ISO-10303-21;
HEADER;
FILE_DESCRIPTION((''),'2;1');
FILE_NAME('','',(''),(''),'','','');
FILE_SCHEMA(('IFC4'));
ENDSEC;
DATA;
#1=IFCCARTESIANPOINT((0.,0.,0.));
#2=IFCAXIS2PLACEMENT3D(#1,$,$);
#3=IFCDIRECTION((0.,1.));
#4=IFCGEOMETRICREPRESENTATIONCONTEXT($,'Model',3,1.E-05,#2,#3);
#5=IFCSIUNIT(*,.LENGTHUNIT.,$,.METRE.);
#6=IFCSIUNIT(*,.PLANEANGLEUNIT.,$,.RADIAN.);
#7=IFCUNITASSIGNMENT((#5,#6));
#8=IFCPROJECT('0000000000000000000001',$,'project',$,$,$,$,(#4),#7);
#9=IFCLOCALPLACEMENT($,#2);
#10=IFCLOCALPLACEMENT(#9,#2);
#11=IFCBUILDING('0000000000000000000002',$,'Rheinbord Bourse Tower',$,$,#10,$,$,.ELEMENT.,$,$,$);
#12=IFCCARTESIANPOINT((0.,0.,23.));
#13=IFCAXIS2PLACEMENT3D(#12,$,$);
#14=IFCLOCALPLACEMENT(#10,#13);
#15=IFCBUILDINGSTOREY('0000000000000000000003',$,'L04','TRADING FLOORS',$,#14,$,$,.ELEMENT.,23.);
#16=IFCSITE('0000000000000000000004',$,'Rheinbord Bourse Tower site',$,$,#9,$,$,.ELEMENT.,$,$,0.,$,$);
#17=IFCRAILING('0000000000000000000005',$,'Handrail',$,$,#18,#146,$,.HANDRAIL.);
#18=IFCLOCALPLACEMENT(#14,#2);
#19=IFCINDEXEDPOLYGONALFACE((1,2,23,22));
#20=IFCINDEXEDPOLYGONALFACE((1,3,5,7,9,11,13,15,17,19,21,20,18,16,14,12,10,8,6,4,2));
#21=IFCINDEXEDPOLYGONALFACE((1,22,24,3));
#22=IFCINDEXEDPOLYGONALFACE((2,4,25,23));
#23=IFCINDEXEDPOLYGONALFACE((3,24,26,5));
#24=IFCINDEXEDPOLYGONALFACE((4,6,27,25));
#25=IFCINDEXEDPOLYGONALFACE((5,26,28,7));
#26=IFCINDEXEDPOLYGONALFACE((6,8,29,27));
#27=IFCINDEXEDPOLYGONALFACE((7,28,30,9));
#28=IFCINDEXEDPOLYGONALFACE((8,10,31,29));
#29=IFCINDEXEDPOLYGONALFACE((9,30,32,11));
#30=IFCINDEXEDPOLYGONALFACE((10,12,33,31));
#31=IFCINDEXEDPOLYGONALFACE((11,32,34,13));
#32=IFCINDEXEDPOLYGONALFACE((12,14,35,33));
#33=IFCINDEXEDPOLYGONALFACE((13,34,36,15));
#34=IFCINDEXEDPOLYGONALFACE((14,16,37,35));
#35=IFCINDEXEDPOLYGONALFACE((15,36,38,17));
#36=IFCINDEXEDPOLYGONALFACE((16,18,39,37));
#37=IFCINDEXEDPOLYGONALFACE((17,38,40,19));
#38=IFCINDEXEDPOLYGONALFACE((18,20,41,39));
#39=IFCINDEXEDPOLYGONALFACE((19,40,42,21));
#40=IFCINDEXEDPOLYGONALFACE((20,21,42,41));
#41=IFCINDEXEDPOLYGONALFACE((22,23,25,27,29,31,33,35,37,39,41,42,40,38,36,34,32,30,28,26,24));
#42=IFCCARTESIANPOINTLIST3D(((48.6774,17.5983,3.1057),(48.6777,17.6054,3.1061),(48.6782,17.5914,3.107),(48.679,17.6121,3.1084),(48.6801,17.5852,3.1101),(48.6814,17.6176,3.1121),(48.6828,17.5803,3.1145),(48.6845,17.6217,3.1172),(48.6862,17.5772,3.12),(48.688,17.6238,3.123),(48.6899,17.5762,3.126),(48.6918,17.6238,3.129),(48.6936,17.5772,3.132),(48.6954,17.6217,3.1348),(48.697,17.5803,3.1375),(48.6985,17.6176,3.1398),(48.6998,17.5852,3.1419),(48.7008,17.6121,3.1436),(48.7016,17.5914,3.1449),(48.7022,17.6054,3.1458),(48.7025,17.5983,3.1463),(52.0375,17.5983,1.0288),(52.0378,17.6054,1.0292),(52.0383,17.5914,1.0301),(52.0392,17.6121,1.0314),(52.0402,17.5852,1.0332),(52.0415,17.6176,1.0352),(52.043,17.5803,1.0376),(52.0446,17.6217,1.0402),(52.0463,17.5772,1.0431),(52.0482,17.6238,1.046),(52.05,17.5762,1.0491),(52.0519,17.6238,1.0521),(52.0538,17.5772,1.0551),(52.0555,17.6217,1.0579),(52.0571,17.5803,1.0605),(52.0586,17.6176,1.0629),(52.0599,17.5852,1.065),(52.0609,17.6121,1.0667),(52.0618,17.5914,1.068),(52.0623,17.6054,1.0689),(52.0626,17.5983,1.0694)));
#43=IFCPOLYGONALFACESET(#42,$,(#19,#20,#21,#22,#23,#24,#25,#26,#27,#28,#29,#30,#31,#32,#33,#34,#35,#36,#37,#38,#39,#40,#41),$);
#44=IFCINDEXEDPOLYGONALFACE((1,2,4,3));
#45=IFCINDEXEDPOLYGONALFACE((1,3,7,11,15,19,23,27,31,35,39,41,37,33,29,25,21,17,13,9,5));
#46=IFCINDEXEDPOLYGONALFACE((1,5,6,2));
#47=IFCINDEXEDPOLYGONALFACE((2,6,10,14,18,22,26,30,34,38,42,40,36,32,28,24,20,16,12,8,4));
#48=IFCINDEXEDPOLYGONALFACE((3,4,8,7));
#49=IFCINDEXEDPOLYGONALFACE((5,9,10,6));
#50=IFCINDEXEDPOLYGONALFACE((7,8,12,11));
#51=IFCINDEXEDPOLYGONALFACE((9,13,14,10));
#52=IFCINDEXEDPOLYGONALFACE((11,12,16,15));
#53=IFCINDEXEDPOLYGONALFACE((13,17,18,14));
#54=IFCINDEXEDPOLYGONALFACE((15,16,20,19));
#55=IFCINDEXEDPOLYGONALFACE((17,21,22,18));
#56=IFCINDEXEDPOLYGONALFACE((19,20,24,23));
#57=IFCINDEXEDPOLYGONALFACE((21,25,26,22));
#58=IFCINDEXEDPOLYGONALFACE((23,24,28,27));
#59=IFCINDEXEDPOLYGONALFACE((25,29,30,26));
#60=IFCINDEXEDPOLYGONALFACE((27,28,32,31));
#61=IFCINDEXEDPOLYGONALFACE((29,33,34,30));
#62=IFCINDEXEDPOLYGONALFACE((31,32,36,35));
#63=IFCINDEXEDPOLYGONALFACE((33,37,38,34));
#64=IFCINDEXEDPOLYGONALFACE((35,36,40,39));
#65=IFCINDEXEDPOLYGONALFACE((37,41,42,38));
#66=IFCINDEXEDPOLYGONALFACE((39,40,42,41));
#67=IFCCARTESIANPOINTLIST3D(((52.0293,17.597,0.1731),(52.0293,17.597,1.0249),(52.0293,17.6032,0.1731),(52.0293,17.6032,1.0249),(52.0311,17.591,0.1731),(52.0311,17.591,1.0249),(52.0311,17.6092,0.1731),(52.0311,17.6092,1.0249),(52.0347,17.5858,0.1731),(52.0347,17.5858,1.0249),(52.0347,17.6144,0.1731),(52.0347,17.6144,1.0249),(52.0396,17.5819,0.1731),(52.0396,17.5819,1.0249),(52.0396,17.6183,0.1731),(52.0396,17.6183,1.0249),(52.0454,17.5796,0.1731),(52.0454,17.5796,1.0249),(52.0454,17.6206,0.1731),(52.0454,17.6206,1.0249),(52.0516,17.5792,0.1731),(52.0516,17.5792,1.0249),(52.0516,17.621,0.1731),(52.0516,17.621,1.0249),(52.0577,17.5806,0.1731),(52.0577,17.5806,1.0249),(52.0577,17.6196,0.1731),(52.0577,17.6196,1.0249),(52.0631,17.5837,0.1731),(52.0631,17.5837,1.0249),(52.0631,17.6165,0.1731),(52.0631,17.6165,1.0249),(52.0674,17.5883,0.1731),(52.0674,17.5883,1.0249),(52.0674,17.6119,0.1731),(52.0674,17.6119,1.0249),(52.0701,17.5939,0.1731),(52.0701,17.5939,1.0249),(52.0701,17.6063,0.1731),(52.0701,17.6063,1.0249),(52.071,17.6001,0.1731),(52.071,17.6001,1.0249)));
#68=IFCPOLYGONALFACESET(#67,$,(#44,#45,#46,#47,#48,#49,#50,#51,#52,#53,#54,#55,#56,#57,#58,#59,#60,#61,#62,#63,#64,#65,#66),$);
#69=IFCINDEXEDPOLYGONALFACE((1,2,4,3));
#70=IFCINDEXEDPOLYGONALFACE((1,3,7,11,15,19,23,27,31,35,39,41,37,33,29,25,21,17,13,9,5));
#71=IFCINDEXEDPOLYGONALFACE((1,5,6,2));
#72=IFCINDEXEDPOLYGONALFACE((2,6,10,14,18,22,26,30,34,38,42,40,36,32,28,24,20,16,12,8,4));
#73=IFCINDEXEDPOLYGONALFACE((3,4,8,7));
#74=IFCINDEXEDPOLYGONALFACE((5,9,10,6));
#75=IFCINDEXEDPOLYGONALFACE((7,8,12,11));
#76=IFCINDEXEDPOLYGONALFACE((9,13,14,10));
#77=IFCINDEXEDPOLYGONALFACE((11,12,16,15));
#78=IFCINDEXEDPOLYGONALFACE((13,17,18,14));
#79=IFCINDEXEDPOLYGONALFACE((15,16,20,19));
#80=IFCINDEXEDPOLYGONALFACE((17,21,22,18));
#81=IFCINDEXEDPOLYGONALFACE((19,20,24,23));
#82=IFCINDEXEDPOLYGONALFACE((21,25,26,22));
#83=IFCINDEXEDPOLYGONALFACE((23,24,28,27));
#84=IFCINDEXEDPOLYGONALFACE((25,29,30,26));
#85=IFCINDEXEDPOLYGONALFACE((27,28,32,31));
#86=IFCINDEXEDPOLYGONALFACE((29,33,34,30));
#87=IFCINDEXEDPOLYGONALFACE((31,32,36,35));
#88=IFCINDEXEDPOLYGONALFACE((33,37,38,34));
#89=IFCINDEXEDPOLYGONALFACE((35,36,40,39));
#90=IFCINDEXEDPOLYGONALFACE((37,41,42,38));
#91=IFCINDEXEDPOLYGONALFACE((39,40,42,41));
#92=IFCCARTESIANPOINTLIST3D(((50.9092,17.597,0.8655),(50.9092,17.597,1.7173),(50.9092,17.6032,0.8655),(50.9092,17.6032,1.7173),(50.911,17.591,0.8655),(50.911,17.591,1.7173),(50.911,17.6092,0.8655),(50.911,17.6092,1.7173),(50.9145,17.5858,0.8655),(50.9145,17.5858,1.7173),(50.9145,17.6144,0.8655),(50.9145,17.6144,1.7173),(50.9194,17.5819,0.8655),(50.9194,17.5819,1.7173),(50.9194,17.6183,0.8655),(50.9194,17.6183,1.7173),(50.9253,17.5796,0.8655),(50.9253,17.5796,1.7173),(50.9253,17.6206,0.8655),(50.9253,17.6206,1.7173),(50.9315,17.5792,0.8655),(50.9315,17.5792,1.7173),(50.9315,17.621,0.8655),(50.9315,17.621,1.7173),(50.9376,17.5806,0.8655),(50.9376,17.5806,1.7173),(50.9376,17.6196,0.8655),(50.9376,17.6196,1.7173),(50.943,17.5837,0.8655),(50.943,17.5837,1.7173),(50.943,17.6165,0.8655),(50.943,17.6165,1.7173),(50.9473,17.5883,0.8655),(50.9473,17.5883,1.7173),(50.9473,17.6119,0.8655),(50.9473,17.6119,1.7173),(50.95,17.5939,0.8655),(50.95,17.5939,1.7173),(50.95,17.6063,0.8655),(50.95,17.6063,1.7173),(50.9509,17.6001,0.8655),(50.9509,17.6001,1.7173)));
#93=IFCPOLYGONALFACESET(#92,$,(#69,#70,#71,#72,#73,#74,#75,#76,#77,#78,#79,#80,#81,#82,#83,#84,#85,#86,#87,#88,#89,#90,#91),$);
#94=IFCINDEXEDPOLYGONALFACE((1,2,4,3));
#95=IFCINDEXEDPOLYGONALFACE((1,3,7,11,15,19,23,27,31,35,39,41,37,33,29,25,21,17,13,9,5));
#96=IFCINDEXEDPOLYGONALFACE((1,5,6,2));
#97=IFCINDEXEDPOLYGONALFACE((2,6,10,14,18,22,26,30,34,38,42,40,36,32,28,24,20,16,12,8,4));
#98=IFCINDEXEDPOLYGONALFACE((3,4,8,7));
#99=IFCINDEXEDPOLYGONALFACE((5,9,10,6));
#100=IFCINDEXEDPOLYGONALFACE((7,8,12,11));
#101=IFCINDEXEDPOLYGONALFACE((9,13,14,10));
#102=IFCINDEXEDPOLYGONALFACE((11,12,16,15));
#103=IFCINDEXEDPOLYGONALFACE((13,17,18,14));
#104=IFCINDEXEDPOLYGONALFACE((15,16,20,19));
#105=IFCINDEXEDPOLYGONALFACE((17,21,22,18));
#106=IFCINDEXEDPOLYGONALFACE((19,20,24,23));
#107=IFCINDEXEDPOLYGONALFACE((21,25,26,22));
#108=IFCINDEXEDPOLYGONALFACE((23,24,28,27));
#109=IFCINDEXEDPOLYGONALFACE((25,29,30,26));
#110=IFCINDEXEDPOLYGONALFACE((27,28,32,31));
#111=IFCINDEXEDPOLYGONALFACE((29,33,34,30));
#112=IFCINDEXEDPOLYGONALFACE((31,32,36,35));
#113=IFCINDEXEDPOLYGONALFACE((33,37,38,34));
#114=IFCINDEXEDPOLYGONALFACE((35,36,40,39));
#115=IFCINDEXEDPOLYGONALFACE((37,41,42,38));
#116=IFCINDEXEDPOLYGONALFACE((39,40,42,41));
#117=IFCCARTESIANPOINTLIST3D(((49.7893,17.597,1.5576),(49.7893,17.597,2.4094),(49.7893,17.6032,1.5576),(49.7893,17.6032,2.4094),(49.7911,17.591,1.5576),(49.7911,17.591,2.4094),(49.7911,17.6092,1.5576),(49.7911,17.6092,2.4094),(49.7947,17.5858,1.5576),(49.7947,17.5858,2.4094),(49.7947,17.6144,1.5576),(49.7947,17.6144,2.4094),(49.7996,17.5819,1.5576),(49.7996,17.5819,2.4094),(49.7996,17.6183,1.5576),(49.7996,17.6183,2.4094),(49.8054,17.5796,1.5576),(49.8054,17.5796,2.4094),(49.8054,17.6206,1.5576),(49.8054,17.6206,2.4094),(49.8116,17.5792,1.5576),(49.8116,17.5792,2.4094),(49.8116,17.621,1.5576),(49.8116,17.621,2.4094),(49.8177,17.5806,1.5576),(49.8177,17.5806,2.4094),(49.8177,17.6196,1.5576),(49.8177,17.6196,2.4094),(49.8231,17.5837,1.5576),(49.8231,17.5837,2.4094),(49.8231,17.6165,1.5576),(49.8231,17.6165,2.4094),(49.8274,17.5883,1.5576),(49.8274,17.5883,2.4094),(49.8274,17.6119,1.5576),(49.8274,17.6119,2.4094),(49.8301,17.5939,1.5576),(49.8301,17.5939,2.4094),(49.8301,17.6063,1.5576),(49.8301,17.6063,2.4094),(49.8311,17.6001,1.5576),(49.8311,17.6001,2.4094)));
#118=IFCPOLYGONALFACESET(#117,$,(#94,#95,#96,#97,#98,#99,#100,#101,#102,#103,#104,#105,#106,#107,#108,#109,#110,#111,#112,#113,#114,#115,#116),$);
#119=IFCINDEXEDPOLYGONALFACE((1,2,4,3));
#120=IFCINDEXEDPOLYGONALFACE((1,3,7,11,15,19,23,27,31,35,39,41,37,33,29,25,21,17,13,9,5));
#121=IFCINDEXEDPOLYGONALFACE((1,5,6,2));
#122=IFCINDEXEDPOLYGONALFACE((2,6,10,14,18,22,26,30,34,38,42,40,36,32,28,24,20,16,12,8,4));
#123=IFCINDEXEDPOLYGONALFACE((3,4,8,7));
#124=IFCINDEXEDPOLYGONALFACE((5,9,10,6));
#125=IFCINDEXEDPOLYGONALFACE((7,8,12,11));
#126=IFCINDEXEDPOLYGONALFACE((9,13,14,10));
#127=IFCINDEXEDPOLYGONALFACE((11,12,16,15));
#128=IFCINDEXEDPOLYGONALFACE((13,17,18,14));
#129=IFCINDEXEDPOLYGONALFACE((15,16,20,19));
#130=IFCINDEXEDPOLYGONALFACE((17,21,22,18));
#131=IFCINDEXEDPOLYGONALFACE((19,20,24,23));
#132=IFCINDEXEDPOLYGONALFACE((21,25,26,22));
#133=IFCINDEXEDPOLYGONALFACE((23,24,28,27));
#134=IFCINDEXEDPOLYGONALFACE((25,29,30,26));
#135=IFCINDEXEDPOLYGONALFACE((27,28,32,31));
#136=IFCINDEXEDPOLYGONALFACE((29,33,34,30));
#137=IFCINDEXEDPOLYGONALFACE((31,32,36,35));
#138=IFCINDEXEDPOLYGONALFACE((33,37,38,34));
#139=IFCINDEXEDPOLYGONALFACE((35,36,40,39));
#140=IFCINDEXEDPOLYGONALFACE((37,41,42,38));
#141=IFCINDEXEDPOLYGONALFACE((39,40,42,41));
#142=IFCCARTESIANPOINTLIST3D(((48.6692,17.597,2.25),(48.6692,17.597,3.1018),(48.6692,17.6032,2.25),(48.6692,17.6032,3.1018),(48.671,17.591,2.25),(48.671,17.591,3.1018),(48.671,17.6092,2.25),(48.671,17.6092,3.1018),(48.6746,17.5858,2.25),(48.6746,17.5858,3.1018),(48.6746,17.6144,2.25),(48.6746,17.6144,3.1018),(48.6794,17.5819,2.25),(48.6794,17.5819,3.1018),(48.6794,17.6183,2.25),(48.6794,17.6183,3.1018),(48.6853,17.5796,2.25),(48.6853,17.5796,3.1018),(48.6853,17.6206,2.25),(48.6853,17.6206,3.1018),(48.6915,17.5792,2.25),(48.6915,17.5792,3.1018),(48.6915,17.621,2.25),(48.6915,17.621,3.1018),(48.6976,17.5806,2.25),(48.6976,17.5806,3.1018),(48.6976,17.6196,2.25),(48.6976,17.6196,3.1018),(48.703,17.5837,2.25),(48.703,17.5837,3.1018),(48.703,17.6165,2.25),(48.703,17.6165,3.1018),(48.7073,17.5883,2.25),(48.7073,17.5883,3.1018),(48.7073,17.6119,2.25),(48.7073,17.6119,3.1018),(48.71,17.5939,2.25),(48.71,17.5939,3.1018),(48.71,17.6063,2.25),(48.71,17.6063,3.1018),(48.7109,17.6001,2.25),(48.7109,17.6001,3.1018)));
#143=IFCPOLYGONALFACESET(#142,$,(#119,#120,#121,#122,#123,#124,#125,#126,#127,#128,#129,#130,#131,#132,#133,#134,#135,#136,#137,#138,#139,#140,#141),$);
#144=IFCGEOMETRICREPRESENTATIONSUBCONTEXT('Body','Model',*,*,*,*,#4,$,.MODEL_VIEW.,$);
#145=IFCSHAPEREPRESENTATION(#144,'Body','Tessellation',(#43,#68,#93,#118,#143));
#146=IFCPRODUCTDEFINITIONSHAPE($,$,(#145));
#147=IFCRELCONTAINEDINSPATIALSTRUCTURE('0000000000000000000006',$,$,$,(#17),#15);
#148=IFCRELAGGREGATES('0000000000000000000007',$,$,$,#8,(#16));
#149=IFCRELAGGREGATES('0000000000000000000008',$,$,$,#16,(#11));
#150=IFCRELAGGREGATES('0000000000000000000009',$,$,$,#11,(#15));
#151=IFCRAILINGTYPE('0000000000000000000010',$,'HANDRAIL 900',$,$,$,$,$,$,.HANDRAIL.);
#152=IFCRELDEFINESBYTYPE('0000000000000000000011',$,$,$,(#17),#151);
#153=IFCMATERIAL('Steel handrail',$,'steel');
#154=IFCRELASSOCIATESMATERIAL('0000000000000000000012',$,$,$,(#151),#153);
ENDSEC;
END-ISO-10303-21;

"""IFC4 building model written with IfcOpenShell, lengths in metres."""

from ifc_helpers import new_model, si_unit, direction, frame, origin, origin_2d, place, context, subcontext, project, spatial, circle, extrude, material, type_object, element, save


model = new_model("IFC4")

# Units and contexts
model_context = context("Model", 3, precision=1e-05, world=origin(), true_north=direction((0.0, 1.0)))
body_context = subcontext(model_context, "Body", "Model", "MODEL_VIEW")
ifc_project = project(units=[si_unit("LENGTHUNIT", "METRE"), si_unit("PLANEANGLEUNIT", "RADIAN")], contexts=[model_context])

# Site, building, storey
site_placement = place(None, origin())
site = spatial("IfcSite", under=ifc_project, at=site_placement, Name="Rheinbord Bourse Tower site", CompositionType="ELEMENT", RefElevation=0.0)
building_placement = place(site_placement, origin())
building = spatial("IfcBuilding", under=site, at=building_placement, Name="Rheinbord Bourse Tower", CompositionType="ELEMENT")
storey_placement = place(building_placement, frame((0.0, 0.0, 23.0)))
storey = spatial("IfcBuildingStorey", under=building, at=storey_placement, Name="L04", Description="TRADING FLOORS", CompositionType="ELEMENT", Elevation=23.0)

# Railing
ifc_material_1 = material(Name="Steel handrail", Category="steel")
railing_type = type_object("IfcRailingType", Name="HANDRAIL 900", PredefinedType="HANDRAIL", material=ifc_material_1)
railing_placement = place(storey_placement, frame((52.05, 17.6001, 0.1731)))
element("IfcRailing", 1, at=railing_placement, inside=storey, type_object=railing_type, Name="Handrail", PredefinedType="HANDRAIL", context=body_context, shape_type="SweptSolid", body=[
    extrude(circle(Radius=0.0239, at=origin_2d()), frame((0.0, 0.0, 0.876), z_axis=(-0.850623, 0.0, 0.525776), x_axis=(0.0, -1.0, 0.0)), (0.0, 0.0, 1.0), 3.9502),
    extrude(circle(Radius=0.021, at=origin_2d()), origin(), (0.0, 0.0, 1.0), 0.8518),
    extrude(circle(Radius=0.021, at=origin_2d()), frame((-1.1201, 0.0, 0.6924)), (0.0, 0.0, 1.0), 0.8518),
    extrude(circle(Radius=0.021, at=origin_2d()), frame((-2.24, 0.0, 1.3845)), (0.0, 0.0, 1.0), 0.8518),
    extrude(circle(Radius=0.021, at=origin_2d()), frame((-3.3601, 0.0, 2.0769)), (0.0, 0.0, 1.0), 0.8518),
])

save(model, "model.ifc")
